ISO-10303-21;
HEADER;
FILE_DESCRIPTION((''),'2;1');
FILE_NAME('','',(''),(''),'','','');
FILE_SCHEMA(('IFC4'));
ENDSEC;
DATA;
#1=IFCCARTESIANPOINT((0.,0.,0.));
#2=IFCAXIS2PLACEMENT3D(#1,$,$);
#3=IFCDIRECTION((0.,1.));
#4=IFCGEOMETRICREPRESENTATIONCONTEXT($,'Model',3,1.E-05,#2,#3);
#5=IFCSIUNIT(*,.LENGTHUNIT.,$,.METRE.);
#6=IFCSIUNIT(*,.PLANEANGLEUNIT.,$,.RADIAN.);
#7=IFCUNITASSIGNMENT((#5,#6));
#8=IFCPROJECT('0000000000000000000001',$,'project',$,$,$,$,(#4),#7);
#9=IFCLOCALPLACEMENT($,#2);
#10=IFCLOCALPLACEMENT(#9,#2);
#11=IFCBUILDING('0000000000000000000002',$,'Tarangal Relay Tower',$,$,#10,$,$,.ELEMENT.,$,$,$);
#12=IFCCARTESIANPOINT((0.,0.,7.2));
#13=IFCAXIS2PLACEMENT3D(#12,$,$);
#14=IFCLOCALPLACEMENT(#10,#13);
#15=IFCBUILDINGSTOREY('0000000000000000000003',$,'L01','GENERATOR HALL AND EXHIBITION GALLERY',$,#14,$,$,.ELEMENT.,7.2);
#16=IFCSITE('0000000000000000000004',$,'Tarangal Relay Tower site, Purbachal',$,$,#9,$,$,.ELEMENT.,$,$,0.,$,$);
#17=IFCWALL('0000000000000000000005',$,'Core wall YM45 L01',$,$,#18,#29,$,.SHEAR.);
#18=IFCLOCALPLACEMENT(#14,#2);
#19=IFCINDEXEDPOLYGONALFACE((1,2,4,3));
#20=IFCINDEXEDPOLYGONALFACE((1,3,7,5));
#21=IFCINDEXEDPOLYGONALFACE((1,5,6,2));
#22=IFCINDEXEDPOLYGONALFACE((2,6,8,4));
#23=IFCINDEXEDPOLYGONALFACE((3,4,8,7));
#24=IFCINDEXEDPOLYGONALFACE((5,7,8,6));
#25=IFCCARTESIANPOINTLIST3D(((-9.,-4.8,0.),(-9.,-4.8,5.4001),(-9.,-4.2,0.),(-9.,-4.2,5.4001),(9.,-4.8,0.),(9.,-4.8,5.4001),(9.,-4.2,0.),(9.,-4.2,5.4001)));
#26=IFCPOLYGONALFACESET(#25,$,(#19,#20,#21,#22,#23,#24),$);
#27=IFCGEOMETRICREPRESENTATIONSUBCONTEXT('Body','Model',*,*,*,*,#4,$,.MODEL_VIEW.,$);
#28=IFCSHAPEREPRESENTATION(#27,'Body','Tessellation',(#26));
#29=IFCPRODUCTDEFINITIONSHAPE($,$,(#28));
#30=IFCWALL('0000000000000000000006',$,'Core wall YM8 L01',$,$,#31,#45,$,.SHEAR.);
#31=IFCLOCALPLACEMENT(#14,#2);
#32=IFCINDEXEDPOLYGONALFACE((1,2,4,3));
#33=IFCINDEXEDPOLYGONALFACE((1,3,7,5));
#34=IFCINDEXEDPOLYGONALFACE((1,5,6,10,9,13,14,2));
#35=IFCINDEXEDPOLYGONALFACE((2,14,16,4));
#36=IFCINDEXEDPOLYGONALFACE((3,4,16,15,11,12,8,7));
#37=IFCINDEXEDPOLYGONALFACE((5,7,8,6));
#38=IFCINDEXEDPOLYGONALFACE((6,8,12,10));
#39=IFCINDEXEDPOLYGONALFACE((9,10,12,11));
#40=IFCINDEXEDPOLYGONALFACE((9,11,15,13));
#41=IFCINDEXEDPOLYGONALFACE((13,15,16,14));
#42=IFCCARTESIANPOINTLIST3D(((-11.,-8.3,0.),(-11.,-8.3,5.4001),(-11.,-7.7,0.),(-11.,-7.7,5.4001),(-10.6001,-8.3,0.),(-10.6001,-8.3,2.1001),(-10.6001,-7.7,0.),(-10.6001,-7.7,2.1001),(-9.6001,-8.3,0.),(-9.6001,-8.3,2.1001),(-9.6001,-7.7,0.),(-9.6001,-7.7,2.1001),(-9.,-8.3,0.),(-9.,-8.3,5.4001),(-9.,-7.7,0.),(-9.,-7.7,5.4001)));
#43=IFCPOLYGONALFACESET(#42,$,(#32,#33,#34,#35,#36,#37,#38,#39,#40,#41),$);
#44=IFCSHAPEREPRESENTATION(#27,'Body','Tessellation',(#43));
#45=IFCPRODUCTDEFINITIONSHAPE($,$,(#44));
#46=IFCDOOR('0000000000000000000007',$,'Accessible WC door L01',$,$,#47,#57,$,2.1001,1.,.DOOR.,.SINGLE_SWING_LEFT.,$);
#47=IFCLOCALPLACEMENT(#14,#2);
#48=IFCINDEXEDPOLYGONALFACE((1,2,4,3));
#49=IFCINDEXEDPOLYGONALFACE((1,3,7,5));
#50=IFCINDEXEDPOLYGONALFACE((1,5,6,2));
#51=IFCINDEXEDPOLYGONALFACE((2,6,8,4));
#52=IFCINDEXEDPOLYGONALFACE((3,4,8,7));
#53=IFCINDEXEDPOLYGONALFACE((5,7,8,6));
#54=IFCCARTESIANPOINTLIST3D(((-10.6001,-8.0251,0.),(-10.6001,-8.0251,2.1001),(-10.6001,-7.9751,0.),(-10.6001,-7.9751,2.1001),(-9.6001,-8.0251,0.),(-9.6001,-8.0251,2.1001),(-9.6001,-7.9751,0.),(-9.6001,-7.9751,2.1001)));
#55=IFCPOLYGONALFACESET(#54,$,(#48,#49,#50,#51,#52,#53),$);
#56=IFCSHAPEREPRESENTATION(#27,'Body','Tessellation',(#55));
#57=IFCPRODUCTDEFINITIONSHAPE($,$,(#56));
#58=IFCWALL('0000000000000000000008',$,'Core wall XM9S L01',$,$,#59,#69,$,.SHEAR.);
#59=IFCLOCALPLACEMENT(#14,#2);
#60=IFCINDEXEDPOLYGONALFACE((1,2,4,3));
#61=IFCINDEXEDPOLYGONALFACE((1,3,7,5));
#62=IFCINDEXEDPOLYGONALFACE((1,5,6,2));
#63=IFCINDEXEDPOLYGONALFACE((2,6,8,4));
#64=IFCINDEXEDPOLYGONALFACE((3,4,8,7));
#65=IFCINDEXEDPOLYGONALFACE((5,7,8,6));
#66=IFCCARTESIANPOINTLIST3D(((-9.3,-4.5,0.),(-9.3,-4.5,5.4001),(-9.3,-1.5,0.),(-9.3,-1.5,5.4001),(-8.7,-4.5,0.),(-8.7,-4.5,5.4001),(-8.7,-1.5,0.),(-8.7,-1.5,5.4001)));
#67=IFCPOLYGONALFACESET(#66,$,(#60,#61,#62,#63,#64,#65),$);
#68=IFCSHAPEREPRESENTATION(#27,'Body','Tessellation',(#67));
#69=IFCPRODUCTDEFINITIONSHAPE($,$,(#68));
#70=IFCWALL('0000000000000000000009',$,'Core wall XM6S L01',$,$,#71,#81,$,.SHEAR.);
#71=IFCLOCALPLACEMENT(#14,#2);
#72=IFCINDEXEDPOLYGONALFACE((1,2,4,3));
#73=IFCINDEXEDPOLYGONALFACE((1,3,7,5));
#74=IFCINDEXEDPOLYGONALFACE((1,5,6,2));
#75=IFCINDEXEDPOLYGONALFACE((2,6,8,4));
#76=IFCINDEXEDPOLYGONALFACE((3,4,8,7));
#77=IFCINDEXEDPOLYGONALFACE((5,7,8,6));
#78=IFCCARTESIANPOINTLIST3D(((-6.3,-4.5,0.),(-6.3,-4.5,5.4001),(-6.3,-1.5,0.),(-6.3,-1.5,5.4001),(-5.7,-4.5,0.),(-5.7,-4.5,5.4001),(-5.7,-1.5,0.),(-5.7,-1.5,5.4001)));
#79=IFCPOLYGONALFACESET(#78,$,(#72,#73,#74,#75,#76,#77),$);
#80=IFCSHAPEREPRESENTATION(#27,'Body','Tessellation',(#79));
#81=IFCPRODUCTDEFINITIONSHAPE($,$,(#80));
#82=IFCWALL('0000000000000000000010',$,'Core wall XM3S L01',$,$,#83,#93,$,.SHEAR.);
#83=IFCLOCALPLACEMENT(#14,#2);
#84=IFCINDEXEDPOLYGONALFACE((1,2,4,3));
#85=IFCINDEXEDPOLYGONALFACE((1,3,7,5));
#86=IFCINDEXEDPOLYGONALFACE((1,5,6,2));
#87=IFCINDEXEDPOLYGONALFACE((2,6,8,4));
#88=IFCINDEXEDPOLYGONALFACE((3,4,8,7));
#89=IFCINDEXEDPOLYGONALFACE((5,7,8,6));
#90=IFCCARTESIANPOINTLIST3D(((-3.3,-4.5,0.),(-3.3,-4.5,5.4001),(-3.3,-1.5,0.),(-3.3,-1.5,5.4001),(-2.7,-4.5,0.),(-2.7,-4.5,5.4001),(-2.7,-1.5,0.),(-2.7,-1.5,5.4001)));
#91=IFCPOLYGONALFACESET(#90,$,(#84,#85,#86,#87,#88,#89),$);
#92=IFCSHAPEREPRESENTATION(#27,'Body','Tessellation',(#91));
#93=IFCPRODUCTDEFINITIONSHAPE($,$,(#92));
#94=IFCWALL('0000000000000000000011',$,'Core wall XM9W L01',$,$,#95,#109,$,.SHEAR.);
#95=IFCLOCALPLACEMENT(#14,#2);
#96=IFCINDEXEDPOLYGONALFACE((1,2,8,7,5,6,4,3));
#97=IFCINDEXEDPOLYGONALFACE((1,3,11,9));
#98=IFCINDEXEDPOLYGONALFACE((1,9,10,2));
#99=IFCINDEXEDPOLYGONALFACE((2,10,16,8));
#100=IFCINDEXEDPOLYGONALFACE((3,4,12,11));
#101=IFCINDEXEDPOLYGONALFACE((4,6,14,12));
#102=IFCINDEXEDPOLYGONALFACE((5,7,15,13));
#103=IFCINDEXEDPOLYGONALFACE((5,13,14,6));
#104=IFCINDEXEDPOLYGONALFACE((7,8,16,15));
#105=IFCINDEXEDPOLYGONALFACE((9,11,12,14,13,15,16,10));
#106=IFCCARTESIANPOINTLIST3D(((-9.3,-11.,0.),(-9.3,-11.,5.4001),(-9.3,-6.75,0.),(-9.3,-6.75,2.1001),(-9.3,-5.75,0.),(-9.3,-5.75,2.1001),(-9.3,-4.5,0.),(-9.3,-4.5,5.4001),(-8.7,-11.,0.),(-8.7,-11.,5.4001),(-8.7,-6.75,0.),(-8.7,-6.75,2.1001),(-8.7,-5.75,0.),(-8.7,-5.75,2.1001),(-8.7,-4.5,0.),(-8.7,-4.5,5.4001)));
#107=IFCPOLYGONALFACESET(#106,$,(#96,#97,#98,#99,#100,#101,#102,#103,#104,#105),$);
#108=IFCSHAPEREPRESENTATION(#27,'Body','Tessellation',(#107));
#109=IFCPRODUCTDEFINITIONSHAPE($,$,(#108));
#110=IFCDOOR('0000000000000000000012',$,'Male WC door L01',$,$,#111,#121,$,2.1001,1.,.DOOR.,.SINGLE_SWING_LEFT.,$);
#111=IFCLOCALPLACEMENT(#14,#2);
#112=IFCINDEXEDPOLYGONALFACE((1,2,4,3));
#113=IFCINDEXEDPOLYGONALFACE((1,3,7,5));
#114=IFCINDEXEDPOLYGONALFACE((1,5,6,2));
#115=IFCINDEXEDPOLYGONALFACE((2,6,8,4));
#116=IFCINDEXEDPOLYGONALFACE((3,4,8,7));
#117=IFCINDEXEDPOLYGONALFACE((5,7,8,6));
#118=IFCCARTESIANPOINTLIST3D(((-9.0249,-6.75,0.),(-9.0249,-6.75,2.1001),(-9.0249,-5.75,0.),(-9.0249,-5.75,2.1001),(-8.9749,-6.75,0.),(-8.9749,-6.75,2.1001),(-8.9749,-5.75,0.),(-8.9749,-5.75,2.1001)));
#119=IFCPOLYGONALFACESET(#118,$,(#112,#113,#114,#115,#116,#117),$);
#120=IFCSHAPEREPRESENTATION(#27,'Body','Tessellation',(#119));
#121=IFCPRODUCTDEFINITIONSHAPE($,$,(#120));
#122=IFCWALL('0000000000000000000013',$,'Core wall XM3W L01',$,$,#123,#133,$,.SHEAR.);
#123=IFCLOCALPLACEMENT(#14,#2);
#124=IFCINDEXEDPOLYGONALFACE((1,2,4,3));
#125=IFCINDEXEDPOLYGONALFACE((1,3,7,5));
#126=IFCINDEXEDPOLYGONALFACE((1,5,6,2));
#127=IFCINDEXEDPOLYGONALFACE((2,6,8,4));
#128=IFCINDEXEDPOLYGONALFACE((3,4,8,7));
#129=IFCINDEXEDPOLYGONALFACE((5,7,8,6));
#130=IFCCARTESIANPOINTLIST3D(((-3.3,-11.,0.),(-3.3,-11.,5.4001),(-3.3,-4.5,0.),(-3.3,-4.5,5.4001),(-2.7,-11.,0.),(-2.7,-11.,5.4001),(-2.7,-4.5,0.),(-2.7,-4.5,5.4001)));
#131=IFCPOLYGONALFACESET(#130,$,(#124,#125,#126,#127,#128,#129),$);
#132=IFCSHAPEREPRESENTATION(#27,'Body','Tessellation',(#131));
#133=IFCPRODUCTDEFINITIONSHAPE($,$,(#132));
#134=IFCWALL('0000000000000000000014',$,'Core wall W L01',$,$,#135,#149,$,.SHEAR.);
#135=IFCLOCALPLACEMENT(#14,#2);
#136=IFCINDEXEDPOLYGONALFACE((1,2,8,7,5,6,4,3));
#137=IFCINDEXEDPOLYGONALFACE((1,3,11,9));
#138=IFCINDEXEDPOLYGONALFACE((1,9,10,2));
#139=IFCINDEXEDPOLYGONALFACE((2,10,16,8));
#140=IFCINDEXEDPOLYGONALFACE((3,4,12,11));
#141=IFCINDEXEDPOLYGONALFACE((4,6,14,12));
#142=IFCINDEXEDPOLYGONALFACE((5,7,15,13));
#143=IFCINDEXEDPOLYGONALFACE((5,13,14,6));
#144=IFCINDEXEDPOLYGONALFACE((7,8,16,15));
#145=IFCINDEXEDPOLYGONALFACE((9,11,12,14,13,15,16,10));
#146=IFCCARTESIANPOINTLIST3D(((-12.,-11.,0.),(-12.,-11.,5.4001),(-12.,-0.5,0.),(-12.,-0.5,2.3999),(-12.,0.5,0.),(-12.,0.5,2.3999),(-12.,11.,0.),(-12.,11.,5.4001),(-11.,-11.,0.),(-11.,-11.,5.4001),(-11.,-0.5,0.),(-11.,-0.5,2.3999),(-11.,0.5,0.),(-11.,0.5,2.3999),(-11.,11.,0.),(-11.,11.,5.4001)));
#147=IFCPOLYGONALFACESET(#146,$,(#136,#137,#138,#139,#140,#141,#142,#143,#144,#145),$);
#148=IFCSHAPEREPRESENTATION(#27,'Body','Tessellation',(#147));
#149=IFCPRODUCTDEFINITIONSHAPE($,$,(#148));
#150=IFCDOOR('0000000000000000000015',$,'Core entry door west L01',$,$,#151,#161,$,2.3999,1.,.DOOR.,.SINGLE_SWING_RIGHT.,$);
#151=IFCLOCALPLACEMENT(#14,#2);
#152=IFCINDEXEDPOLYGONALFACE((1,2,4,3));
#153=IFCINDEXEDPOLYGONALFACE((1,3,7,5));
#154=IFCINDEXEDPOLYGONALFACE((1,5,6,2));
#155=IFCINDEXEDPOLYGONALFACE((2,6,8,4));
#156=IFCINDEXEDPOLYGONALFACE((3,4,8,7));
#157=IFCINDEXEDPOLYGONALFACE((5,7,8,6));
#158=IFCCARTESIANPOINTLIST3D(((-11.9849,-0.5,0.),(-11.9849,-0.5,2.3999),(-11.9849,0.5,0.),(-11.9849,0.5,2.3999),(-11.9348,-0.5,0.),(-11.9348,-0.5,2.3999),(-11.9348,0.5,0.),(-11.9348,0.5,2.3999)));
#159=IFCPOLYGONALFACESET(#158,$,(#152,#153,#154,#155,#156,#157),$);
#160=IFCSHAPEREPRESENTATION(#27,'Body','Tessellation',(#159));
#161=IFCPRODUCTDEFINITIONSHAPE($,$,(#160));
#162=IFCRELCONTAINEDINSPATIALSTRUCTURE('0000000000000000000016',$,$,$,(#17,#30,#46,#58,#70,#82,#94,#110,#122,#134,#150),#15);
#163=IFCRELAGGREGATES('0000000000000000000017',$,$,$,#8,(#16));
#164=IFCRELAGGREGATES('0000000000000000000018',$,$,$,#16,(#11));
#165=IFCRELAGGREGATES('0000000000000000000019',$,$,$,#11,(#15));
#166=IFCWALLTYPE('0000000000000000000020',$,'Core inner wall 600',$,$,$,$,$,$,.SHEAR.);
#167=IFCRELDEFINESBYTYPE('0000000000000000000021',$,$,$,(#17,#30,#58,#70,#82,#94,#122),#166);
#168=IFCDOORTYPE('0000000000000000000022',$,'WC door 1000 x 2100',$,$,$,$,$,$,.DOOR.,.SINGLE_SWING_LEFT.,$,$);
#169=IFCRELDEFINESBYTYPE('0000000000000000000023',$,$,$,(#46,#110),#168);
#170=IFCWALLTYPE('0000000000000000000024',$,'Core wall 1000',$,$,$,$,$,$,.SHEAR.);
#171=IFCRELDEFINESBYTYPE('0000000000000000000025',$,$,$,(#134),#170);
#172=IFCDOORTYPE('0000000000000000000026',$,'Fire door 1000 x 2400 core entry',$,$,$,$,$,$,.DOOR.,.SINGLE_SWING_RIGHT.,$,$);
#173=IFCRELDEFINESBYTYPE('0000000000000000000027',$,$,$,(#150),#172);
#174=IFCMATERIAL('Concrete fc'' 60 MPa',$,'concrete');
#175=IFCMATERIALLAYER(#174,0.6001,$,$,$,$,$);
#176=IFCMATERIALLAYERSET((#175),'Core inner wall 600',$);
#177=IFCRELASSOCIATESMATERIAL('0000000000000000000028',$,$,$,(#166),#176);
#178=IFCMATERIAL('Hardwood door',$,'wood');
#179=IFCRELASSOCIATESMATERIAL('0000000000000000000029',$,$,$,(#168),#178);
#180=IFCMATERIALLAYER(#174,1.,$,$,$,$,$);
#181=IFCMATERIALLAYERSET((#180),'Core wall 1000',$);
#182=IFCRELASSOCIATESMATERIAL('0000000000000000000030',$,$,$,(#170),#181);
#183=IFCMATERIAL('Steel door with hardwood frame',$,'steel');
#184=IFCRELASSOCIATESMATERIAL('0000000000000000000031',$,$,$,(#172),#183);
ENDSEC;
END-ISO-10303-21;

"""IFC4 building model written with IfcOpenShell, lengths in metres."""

from ifc_helpers import new_model, si_unit, direction, frame, frame_2d, origin, place, context, subcontext, project, spatial, rectangle, extrude, material, layer, layer_set, type_object, element, fill, save


model = new_model("IFC4")

# Units and contexts
model_context = context("Model", 3, precision=1e-05, world=origin(), true_north=direction((0.0, 1.0)))
body_context = subcontext(model_context, "Body", "Model", "MODEL_VIEW")
ifc_project = project(units=[si_unit("LENGTHUNIT", "METRE"), si_unit("PLANEANGLEUNIT", "RADIAN")], contexts=[model_context])

# Site, building, storey
site_placement = place(None, origin())
site = spatial("IfcSite", under=ifc_project, at=site_placement, Name="Tarangal Relay Tower site, Purbachal", CompositionType="ELEMENT", RefElevation=0.0)
building_placement = place(site_placement, origin())
building = spatial("IfcBuilding", under=site, at=building_placement, Name="Tarangal Relay Tower", CompositionType="ELEMENT")
storey_placement = place(building_placement, frame((0.0, 0.0, 7.2)))
storey = spatial("IfcBuildingStorey", under=building, at=storey_placement, Name="L01", Description="GENERATOR HALL AND EXHIBITION GALLERY", CompositionType="ELEMENT", Elevation=7.2)

# Wall
ifc_material_1 = material(Name="Concrete fc' 60 MPa", Category="concrete")
ifc_layer_1 = layer(ifc_material_1, 0.6001)
ifc_layer_set_1 = layer_set([ifc_layer_1], Name="Core inner wall 600")
wall_type_1 = type_object("IfcWallType", Name="Core inner wall 600", PredefinedType="SHEAR", material=ifc_layer_set_1)
for number, where, z_axis, x_axis, name in (
    (1, (-9.0, -4.5, 0.0), (0.0, 0.0, 1.0), (1.0, 0.0, 0.0), "Core wall YM45 L01"),
):
    element("IfcWall", number, at=place(storey_placement, frame(where, z_axis=z_axis, x_axis=x_axis)), inside=storey, type_object=wall_type_1, Name=name, PredefinedType="SHEAR", context=body_context, shape_type="SweptSolid", body=[
        extrude(rectangle(XDim=18.0, YDim=0.6001, at=frame_2d((9.0, 0.0))), origin(), (0.0, 0.0, 1.0), 5.4001),
    ])

# Wall, opening, door
wall_1_placement = place(storey_placement, frame((-11.0, -8.0, 0.0), z_axis=(0.0, 0.0, 1.0), x_axis=(1.0, 0.0, 0.0)))
wall_1 = element("IfcWall", 2, at=wall_1_placement, inside=storey, type_object=wall_type_1, Name="Core wall YM8 L01", PredefinedType="SHEAR", context=body_context, shape_type="SweptSolid", body=[
    extrude(rectangle(XDim=2.0, YDim=0.6001, at=frame_2d((1.0, 0.0))), origin(), (0.0, 0.0, 1.0), 5.4001),
])
opening_1_placement = place(wall_1_placement, frame((0.3999, 0.0, 0.0)))
opening_1 = element("IfcOpeningElement", 3, at=opening_1_placement, cuts=wall_1, PredefinedType="OPENING", context=body_context, shape_type="SweptSolid", body=[
    extrude(rectangle(XDim=1.0, YDim=2.1001, at=frame_2d((0.5, 1.05))), frame((0.0, 0.3101, 0.0), z_axis=(0.0, -1.0, 0.0), x_axis=(1.0, 0.0, 0.0)), (0.0, 0.0, 1.0), 0.6201),
])
ifc_material_2 = material(Name="Hardwood door", Category="wood")
door_type_1 = type_object("IfcDoorType", Name="WC door 1000 x 2100", OperationType="SINGLE_SWING_LEFT", PredefinedType="DOOR", material=ifc_material_2)
door_1_placement = place(opening_1_placement, origin())
door_1 = element("IfcDoor", 4, at=door_1_placement, inside=storey, type_object=door_type_1, Name="Accessible WC door L01", OperationType="SINGLE_SWING_LEFT", OverallHeight=2.1001, OverallWidth=1.0, PredefinedType="DOOR", context=body_context, shape_type="SweptSolid", body=[
    extrude(rectangle(XDim=1.0, YDim=2.1001, at=frame_2d((0.5, 1.05))), frame((0.0, 0.0249, 0.0), z_axis=(0.0, -1.0, 0.0), x_axis=(1.0, 0.0, 0.0)), (0.0, 0.0, 1.0), 0.05),
])
fill(opening_1, door_1)

# Walls
for number, where, z_axis, x_axis, name in (
    (5, (-9.0, -4.5, 0.0), (0.0, 0.0, 1.0), (0.0, 1.0, 0.0), "Core wall XM9S L01"),
    (6, (-6.0, -4.5, 0.0), (0.0, 0.0, 1.0), (0.0, 1.0, 0.0), "Core wall XM6S L01"),
    (7, (-3.0, -4.5, 0.0), (0.0, 0.0, 1.0), (0.0, 1.0, 0.0), "Core wall XM3S L01"),
):
    element("IfcWall", number, at=place(storey_placement, frame(where, z_axis=z_axis, x_axis=x_axis)), inside=storey, type_object=wall_type_1, Name=name, PredefinedType="SHEAR", context=body_context, shape_type="SweptSolid", body=[
        extrude(rectangle(XDim=3.0, YDim=0.6001, at=frame_2d((1.5, 0.0))), origin(), (0.0, 0.0, 1.0), 5.4001),
    ])

# Wall, opening, door
wall_2_placement = place(storey_placement, frame((-9.0, -11.0, 0.0), z_axis=(0.0, 0.0, 1.0), x_axis=(0.0, 1.0, 0.0)))
wall_2 = element("IfcWall", 8, at=wall_2_placement, inside=storey, type_object=wall_type_1, Name="Core wall XM9W L01", PredefinedType="SHEAR", context=body_context, shape_type="SweptSolid", body=[
    extrude(rectangle(XDim=6.5, YDim=0.6001, at=frame_2d((3.25, 0.0))), origin(), (0.0, 0.0, 1.0), 5.4001),
])
opening_2_placement = place(wall_2_placement, frame((4.25, 0.0, 0.0)))
opening_2 = element("IfcOpeningElement", 9, at=opening_2_placement, cuts=wall_2, PredefinedType="OPENING", context=body_context, shape_type="SweptSolid", body=[
    extrude(rectangle(XDim=1.0, YDim=2.1001, at=frame_2d((0.5, 1.05))), frame((0.0, 0.3101, 0.0), z_axis=(0.0, -1.0, 0.0), x_axis=(1.0, 0.0, 0.0)), (0.0, 0.0, 1.0), 0.6201),
])
door_2_placement = place(opening_2_placement, origin())
door_2 = element("IfcDoor", 10, at=door_2_placement, inside=storey, type_object=door_type_1, Name="Male WC door L01", OperationType="SINGLE_SWING_LEFT", OverallHeight=2.1001, OverallWidth=1.0, PredefinedType="DOOR", context=body_context, shape_type="SweptSolid", body=[
    extrude(rectangle(XDim=1.0, YDim=2.1001, at=frame_2d((0.5, 1.05))), frame((0.0, 0.0249, 0.0), z_axis=(0.0, -1.0, 0.0), x_axis=(1.0, 0.0, 0.0)), (0.0, 0.0, 1.0), 0.05),
])
fill(opening_2, door_2)

# Wall
wall_3_placement = place(storey_placement, frame((-3.0, -11.0, 0.0), z_axis=(0.0, 0.0, 1.0), x_axis=(0.0, 1.0, 0.0)))
element("IfcWall", 11, at=wall_3_placement, inside=storey, type_object=wall_type_1, Name="Core wall XM3W L01", PredefinedType="SHEAR", context=body_context, shape_type="SweptSolid", body=[
    extrude(rectangle(XDim=6.5, YDim=0.6001, at=frame_2d((3.25, 0.0))), origin(), (0.0, 0.0, 1.0), 5.4001),
])

# Wall, opening, door
ifc_layer_2 = layer(ifc_material_1, 1.0)
ifc_layer_set_2 = layer_set([ifc_layer_2], Name="Core wall 1000")
wall_type_2 = type_object("IfcWallType", Name="Core wall 1000", PredefinedType="SHEAR", material=ifc_layer_set_2)
wall_4_placement = place(storey_placement, frame((-11.5, -11.0, 0.0), z_axis=(0.0, 0.0, 1.0), x_axis=(0.0, 1.0, 0.0)))
wall_4 = element("IfcWall", 12, at=wall_4_placement, inside=storey, type_object=wall_type_2, Name="Core wall W L01", PredefinedType="SHEAR", context=body_context, shape_type="SweptSolid", body=[
    extrude(rectangle(XDim=22.0, YDim=1.0, at=frame_2d((11.0, 0.0))), origin(), (0.0, 0.0, 1.0), 5.4001),
])
opening_3_placement = place(wall_4_placement, frame((10.5, 0.0, 0.0)))
opening_3 = element("IfcOpeningElement", 13, at=opening_3_placement, cuts=wall_4, PredefinedType="OPENING", context=body_context, shape_type="SweptSolid", body=[
    extrude(rectangle(XDim=1.0, YDim=2.3999, at=frame_2d((0.5, 1.2))), frame((0.0, 0.51, 0.0), z_axis=(0.0, -1.0, 0.0), x_axis=(1.0, 0.0, 0.0)), (0.0, 0.0, 1.0), 1.02),
])
ifc_material_3 = material(Name="Steel door with hardwood frame", Category="steel")
door_type_2 = type_object("IfcDoorType", Name="Fire door 1000 x 2400 core entry", OperationType="SINGLE_SWING_RIGHT", PredefinedType="DOOR", material=ifc_material_3)
door_3_placement = place(opening_3_placement, origin())
door_3 = element("IfcDoor", 14, at=door_3_placement, inside=storey, type_object=door_type_2, Name="Core entry door west L01", OperationType="SINGLE_SWING_RIGHT", OverallHeight=2.3999, OverallWidth=1.0, PredefinedType="DOOR", context=body_context, shape_type="SweptSolid", body=[
    extrude(rectangle(XDim=1.0, YDim=2.3999, at=frame_2d((0.5, 1.2))), frame((0.0, 0.4849, 0.0), z_axis=(0.0, -1.0, 0.0), x_axis=(1.0, 0.0, 0.0)), (0.0, 0.0, 1.0), 0.05),
])
fill(opening_3, door_3)

save(model, "model.ifc")
